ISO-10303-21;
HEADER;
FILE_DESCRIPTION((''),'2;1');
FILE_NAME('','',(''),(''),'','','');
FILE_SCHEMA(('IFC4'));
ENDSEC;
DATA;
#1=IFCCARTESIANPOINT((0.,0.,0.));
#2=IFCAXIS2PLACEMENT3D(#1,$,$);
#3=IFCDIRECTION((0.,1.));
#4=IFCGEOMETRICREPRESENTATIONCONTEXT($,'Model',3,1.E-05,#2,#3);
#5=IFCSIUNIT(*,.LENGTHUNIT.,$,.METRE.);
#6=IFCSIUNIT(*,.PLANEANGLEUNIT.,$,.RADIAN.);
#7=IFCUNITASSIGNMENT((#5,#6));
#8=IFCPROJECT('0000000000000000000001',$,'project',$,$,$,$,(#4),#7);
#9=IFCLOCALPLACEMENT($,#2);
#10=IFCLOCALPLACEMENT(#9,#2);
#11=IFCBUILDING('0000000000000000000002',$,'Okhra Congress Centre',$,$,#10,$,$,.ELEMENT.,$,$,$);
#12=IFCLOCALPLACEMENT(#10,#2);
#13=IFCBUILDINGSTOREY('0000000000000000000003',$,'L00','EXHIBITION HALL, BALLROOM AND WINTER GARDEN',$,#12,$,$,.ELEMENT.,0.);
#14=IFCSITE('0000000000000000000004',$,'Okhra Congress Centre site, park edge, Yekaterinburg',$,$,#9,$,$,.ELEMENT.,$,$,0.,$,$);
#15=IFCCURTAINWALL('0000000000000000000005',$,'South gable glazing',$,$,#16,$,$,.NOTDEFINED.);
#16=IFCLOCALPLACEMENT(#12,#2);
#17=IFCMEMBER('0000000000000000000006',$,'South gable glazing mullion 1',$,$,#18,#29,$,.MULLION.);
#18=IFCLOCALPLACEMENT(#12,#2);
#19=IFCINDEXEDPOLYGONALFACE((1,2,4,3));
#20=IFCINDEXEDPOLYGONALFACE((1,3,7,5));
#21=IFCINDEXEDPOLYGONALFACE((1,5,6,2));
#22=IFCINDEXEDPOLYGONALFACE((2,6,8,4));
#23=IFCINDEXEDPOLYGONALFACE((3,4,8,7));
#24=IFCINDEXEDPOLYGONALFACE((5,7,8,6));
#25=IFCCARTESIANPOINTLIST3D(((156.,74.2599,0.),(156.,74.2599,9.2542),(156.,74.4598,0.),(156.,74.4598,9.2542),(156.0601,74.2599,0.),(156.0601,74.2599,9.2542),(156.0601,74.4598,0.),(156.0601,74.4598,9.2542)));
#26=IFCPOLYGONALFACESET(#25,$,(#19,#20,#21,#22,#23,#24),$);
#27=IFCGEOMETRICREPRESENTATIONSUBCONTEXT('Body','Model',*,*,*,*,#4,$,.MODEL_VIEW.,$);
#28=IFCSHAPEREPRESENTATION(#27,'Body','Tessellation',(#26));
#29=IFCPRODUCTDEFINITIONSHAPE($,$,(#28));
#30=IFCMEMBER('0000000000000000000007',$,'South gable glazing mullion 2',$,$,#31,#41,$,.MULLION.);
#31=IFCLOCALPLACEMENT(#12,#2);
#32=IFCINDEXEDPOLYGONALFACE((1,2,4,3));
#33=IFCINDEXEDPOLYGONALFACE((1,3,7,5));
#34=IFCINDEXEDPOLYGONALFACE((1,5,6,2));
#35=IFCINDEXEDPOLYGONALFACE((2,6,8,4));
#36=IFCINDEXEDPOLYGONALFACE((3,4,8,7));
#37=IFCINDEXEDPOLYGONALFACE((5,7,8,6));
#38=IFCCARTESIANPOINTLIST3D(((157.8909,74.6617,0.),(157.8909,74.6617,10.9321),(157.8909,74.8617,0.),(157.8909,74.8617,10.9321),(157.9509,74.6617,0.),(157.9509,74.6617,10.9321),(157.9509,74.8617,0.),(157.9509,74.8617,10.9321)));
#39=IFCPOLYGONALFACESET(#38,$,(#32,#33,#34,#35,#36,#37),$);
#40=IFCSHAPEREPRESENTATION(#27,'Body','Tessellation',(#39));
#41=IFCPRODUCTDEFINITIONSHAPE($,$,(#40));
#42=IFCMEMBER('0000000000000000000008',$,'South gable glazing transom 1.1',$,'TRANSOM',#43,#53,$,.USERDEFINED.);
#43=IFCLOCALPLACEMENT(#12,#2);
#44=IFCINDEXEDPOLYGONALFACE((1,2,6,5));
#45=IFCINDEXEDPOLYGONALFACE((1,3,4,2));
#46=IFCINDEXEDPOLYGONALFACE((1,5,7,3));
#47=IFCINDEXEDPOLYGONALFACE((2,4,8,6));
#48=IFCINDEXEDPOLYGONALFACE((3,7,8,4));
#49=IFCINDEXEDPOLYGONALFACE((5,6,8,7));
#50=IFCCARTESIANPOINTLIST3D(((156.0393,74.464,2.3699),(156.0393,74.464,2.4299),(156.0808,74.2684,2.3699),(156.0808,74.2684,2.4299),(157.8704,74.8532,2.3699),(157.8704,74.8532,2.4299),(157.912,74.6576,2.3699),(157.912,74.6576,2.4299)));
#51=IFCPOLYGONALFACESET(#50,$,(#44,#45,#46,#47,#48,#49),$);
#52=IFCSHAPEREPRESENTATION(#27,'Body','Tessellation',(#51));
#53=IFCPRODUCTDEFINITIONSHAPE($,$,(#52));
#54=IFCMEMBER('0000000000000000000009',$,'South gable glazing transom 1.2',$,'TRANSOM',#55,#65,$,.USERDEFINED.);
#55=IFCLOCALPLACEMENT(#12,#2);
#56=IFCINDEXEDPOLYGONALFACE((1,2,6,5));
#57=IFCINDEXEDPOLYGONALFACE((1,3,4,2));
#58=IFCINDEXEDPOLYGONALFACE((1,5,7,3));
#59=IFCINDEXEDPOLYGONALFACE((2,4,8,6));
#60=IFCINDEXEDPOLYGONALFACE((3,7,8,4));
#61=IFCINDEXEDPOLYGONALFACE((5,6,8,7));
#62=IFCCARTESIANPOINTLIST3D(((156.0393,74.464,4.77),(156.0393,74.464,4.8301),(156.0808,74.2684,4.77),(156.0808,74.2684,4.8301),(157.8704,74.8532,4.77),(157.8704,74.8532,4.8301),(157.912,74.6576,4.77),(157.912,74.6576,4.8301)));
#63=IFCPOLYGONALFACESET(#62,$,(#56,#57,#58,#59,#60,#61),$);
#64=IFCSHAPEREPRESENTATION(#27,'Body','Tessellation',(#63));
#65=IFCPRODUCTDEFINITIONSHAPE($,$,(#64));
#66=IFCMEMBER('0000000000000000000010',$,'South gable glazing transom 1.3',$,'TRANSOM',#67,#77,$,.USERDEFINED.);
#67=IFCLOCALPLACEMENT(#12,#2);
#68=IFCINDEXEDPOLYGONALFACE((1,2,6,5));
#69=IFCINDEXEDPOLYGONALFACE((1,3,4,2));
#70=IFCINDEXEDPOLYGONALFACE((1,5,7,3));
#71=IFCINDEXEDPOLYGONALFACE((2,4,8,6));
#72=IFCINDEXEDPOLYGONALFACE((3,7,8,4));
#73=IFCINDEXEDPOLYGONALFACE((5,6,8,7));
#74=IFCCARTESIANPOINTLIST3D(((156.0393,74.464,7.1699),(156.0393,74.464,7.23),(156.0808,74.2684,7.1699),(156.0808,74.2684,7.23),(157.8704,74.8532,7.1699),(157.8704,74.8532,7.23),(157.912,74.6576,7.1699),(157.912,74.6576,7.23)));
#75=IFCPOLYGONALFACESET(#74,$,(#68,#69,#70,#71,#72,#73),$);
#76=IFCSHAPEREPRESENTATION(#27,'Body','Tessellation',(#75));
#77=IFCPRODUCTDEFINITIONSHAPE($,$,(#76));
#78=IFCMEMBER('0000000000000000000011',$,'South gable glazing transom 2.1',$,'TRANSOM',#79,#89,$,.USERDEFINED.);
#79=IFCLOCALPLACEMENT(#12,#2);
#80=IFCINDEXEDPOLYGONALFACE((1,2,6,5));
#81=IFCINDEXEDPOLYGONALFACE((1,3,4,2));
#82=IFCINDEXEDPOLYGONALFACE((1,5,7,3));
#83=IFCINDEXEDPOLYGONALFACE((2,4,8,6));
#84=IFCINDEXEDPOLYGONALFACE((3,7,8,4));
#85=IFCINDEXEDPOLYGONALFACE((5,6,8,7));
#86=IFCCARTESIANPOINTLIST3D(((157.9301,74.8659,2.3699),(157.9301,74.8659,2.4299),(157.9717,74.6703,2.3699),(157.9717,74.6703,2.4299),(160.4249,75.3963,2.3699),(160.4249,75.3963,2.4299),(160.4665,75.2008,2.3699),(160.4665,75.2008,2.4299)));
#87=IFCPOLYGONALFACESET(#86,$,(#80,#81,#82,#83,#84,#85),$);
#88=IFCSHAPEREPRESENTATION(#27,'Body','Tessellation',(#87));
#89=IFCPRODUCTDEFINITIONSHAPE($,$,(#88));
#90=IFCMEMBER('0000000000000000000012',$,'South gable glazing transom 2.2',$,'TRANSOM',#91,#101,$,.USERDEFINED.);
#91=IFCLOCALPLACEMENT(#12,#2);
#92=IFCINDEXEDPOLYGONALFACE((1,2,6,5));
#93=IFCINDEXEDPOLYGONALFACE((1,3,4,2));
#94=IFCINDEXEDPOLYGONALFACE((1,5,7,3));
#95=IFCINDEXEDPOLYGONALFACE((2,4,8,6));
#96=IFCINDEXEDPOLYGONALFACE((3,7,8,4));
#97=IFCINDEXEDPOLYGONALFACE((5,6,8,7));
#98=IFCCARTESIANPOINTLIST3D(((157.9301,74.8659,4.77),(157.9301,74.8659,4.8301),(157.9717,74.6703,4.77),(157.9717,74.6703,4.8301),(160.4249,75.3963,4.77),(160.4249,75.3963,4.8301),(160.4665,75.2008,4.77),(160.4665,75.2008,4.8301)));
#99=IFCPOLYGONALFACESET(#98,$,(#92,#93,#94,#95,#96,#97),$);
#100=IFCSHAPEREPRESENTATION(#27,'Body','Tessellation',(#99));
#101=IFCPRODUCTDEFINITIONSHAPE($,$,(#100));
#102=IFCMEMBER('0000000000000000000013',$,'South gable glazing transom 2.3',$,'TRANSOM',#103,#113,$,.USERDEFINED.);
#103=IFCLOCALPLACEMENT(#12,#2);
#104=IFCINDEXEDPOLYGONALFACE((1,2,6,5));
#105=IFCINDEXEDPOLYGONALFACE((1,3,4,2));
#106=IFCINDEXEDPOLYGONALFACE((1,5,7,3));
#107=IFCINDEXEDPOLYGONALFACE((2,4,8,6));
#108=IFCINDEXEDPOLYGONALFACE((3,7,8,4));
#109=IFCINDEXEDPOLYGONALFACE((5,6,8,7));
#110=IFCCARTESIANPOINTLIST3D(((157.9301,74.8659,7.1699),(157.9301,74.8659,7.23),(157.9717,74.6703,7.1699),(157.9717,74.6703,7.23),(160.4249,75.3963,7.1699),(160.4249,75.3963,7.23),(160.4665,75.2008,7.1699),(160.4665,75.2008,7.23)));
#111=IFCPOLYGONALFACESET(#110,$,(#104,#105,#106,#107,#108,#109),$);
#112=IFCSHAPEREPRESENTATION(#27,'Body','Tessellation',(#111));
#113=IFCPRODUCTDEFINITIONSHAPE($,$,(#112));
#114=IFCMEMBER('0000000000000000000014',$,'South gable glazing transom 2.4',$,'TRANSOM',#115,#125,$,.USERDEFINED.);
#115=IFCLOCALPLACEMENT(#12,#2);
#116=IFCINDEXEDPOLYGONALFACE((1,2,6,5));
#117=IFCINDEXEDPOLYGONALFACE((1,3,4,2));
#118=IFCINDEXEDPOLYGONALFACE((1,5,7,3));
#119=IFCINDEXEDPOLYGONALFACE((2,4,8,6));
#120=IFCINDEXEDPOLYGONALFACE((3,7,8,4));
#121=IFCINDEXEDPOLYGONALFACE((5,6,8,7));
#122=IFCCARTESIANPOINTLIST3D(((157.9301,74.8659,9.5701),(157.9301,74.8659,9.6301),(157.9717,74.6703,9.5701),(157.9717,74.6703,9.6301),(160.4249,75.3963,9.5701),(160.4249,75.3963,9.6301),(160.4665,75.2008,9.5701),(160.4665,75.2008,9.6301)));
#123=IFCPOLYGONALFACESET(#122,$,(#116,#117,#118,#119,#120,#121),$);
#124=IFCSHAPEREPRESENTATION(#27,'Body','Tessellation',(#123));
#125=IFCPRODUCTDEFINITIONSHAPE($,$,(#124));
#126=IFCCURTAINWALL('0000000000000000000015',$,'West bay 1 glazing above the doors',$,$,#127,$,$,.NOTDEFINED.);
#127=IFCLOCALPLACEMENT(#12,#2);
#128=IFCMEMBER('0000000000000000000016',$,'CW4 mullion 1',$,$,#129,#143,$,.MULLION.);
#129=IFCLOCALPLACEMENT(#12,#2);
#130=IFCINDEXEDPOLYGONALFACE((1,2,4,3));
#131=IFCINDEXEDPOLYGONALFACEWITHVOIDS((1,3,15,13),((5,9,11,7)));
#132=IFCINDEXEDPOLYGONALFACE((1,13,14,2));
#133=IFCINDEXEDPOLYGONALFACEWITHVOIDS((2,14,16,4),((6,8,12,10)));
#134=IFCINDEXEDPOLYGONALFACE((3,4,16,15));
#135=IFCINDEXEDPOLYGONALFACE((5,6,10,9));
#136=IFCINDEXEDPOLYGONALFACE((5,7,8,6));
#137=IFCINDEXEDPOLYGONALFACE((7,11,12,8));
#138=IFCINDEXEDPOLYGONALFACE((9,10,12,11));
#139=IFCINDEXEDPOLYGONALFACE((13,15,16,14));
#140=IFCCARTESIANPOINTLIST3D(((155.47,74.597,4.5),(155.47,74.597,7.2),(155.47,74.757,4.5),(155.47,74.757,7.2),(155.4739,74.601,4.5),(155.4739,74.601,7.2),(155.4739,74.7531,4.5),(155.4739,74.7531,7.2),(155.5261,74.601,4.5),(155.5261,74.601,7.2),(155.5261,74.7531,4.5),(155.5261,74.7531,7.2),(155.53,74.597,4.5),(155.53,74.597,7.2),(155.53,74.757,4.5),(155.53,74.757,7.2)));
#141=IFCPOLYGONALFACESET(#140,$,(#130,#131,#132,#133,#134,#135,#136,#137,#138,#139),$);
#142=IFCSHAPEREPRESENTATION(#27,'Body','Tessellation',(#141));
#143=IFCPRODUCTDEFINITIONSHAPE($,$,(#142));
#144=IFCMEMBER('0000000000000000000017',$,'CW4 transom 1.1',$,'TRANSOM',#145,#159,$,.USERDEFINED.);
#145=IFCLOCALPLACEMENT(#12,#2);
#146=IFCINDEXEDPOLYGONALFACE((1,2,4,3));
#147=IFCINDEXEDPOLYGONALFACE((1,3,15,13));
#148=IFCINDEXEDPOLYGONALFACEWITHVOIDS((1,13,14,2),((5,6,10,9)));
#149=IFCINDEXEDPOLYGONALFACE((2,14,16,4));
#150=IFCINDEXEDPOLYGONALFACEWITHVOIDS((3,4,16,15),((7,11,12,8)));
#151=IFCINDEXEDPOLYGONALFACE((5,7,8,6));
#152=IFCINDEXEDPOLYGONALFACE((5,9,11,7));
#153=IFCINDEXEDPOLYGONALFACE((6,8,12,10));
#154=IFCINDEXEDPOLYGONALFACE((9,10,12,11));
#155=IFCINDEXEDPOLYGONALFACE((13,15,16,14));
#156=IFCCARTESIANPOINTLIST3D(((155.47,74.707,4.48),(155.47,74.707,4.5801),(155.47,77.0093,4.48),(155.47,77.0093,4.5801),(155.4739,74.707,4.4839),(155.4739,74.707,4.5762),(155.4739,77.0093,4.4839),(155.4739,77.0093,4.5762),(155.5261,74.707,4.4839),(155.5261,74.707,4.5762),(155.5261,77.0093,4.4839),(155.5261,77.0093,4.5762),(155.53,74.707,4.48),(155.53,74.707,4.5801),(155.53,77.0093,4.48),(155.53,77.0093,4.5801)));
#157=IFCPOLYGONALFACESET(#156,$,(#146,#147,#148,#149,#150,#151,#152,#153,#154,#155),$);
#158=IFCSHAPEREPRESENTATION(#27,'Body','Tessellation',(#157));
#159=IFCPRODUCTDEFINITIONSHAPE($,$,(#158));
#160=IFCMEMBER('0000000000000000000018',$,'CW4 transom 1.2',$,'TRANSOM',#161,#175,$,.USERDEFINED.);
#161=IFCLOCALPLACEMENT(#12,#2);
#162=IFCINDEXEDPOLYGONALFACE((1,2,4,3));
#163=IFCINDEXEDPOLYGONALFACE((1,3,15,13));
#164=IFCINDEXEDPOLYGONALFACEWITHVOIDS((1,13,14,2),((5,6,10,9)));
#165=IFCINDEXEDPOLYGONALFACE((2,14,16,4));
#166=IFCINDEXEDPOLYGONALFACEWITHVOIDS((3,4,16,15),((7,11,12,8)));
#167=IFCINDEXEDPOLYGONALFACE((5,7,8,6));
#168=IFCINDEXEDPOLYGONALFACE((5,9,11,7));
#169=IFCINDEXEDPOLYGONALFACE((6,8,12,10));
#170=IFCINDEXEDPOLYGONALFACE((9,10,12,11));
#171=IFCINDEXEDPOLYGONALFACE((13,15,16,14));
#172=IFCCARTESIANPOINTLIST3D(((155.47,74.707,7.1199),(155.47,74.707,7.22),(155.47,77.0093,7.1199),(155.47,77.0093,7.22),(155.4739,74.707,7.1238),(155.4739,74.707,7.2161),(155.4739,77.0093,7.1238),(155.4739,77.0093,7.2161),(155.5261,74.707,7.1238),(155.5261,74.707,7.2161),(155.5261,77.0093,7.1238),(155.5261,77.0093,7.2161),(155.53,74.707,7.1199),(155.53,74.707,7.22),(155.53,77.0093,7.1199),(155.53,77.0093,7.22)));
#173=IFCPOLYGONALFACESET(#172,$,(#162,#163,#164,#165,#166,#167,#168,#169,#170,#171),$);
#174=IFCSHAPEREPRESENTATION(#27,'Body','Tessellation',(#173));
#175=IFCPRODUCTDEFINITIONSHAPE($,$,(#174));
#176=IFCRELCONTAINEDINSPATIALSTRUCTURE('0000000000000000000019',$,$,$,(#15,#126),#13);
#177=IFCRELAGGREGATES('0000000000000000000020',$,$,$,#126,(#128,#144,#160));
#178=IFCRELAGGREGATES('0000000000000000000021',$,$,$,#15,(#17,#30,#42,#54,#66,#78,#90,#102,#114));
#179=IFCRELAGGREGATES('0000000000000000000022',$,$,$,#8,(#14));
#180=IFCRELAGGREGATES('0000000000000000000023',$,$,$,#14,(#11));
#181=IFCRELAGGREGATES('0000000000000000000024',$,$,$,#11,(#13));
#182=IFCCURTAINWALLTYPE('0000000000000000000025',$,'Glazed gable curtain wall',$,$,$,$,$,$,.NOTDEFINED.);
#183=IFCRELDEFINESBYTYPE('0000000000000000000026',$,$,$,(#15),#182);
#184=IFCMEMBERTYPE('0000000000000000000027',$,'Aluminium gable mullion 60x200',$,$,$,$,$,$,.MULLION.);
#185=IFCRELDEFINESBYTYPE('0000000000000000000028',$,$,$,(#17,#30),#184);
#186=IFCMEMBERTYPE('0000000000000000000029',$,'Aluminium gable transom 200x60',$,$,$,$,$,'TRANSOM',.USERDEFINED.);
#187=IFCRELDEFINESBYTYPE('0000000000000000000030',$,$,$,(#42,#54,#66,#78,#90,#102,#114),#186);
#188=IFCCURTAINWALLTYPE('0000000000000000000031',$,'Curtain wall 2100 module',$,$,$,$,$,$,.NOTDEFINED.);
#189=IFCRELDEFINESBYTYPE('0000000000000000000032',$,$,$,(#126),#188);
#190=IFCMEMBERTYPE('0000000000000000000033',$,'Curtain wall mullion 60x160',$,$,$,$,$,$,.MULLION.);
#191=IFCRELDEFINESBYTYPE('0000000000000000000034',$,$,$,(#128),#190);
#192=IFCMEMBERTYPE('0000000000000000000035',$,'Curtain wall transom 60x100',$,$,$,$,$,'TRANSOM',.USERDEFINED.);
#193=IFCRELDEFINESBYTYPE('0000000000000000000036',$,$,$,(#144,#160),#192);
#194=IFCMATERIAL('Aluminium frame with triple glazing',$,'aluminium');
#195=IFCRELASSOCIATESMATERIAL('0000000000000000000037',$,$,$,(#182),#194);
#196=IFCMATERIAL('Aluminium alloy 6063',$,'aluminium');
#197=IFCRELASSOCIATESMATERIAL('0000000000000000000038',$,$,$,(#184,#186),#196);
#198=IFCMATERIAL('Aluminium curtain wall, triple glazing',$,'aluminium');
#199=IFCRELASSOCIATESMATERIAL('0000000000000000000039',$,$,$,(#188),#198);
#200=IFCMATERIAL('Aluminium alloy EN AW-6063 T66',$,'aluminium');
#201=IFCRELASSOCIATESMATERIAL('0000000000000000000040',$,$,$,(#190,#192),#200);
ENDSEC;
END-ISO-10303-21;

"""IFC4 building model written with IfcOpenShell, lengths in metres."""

from ifc_helpers import new_model, si_unit, direction, frame, origin, origin_2d, place, context, subcontext, project, spatial, rectangle, hollow_rectangle, extrude, material, material_profile, profile_set, type_object, element, aggregate, save


model = new_model("IFC4")

# Units and contexts
model_context = context("Model", 3, precision=1e-05, world=origin(), true_north=direction((0.0, 1.0)))
body_context = subcontext(model_context, "Body", "Model", "MODEL_VIEW")
ifc_project = project(units=[si_unit("LENGTHUNIT", "METRE"), si_unit("PLANEANGLEUNIT", "RADIAN")], contexts=[model_context])

# Site, building, storey
site_placement = place(None, origin())
site = spatial("IfcSite", under=ifc_project, at=site_placement, Name="Okhra Congress Centre site, park edge, Yekaterinburg", CompositionType="ELEMENT", RefElevation=0.0)
building_placement = place(site_placement, origin())
building = spatial("IfcBuilding", under=site, at=building_placement, Name="Okhra Congress Centre", CompositionType="ELEMENT")
storey_placement = place(building_placement, origin())
storey = spatial("IfcBuildingStorey", under=building, at=storey_placement, Name="L00", Description="EXHIBITION HALL, BALLROOM AND WINTER GARDEN", CompositionType="ELEMENT", Elevation=0.0)

# Curtain walls, members
ifc_material_1 = material(Name="Aluminium frame with triple glazing", Category="aluminium")
curtain_wall_type_1 = type_object("IfcCurtainWallType", Name="Glazed gable curtain wall", PredefinedType="NOTDEFINED", material=ifc_material_1)
curtain_wall_1_placement = place(storey_placement, origin())
curtain_wall_1 = element("IfcCurtainWall", 1, at=curtain_wall_1_placement, inside=storey, type_object=curtain_wall_type_1, Name="South gable glazing", PredefinedType="NOTDEFINED")
ifc_material_2 = material(Name="Aluminium alloy 6063", Category="aluminium")
ifc_material_profile_1 = material_profile(ifc_material_2, rectangle(XDim=0.0601, YDim=0.2, at=origin_2d()), Name="AL 60x200 gable")
ifc_profile_set_1 = profile_set([ifc_material_profile_1], Name="Aluminium alloy 6063")
member_type_1 = type_object("IfcMemberType", Name="Aluminium gable mullion 60x200", PredefinedType="MULLION", material=ifc_profile_set_1)
member_1_placement = place(storey_placement, frame((156.03, 74.3599, 0.0), z_axis=(0.0, 0.0, 1.0), x_axis=(1.0, 0.0, 0.0)))
member_1 = element("IfcMember", 2, at=member_1_placement, type_object=member_type_1, Name="South gable glazing mullion 1", PredefinedType="MULLION", context=body_context, shape_type="SweptSolid", body=[
    extrude(rectangle(XDim=0.0601, YDim=0.2, at=origin_2d()), origin(), (0.0, 0.0, 1.0), 9.2542),
])
member_2_placement = place(storey_placement, frame((157.9209, 74.7617, 0.0), z_axis=(0.0, 0.0, 1.0), x_axis=(1.0, 0.0, 0.0)))
member_2 = element("IfcMember", 3, at=member_2_placement, type_object=member_type_1, Name="South gable glazing mullion 2", PredefinedType="MULLION", context=body_context, shape_type="SweptSolid", body=[
    extrude(rectangle(XDim=0.0601, YDim=0.2, at=origin_2d()), origin(), (0.0, 0.0, 1.0), 10.9321),
])
ifc_material_profile_2 = material_profile(ifc_material_2, rectangle(XDim=0.2, YDim=0.0601, at=origin_2d()), Name="AL 200x60 gable transom")
ifc_profile_set_2 = profile_set([ifc_material_profile_2], Name="Aluminium alloy 6063")
member_type_2 = type_object("IfcMemberType", Name="Aluminium gable transom 200x60", ElementType="TRANSOM", PredefinedType="USERDEFINED", material=ifc_profile_set_2)
member_3_placement = place(storey_placement, frame((156.0601, 74.3662, 2.3999), z_axis=(0.978152, 0.20789, 0.0), x_axis=(-0.20789, 0.978152, 0.0)))
member_3 = element("IfcMember", 4, at=member_3_placement, type_object=member_type_2, Name="South gable glazing transom 1.1", ObjectType="TRANSOM", PredefinedType="USERDEFINED", context=body_context, shape_type="SweptSolid", body=[
    extrude(rectangle(XDim=0.2, YDim=0.0601, at=origin_2d()), origin(), (0.0, 0.0, 1.0), 1.8721),
])
member_4_placement = place(storey_placement, frame((156.0601, 74.3662, 4.8), z_axis=(0.978152, 0.20789, 0.0), x_axis=(-0.20789, 0.978152, 0.0)))
member_4 = element("IfcMember", 5, at=member_4_placement, type_object=member_type_2, Name="South gable glazing transom 1.2", ObjectType="TRANSOM", PredefinedType="USERDEFINED", context=body_context, shape_type="SweptSolid", body=[
    extrude(rectangle(XDim=0.2, YDim=0.0601, at=origin_2d()), origin(), (0.0, 0.0, 1.0), 1.8721),
])
member_5_placement = place(storey_placement, frame((156.0601, 74.3662, 7.2), z_axis=(0.978152, 0.20789, 0.0), x_axis=(-0.20789, 0.978152, 0.0)))
member_5 = element("IfcMember", 6, at=member_5_placement, type_object=member_type_2, Name="South gable glazing transom 1.3", ObjectType="TRANSOM", PredefinedType="USERDEFINED", context=body_context, shape_type="SweptSolid", body=[
    extrude(rectangle(XDim=0.2, YDim=0.0601, at=origin_2d()), origin(), (0.0, 0.0, 1.0), 1.8721),
])
member_6_placement = place(storey_placement, frame((157.9509, 74.7681, 2.3999), z_axis=(0.97813, 0.207993, 0.0), x_axis=(-0.207993, 0.97813, 0.0)))
member_6 = element("IfcMember", 7, at=member_6_placement, type_object=member_type_2, Name="South gable glazing transom 2.1", ObjectType="TRANSOM", PredefinedType="USERDEFINED", context=body_context, shape_type="SweptSolid", body=[
    extrude(rectangle(XDim=0.2, YDim=0.0601, at=origin_2d()), origin(), (0.0, 0.0, 1.0), 2.5505),
])
member_7_placement = place(storey_placement, frame((157.9509, 74.7681, 4.8), z_axis=(0.97813, 0.207993, 0.0), x_axis=(-0.207993, 0.97813, 0.0)))
member_7 = element("IfcMember", 8, at=member_7_placement, type_object=member_type_2, Name="South gable glazing transom 2.2", ObjectType="TRANSOM", PredefinedType="USERDEFINED", context=body_context, shape_type="SweptSolid", body=[
    extrude(rectangle(XDim=0.2, YDim=0.0601, at=origin_2d()), origin(), (0.0, 0.0, 1.0), 2.5505),
])
member_8_placement = place(storey_placement, frame((157.9509, 74.7681, 7.2), z_axis=(0.97813, 0.207993, 0.0), x_axis=(-0.207993, 0.97813, 0.0)))
member_8 = element("IfcMember", 9, at=member_8_placement, type_object=member_type_2, Name="South gable glazing transom 2.3", ObjectType="TRANSOM", PredefinedType="USERDEFINED", context=body_context, shape_type="SweptSolid", body=[
    extrude(rectangle(XDim=0.2, YDim=0.0601, at=origin_2d()), origin(), (0.0, 0.0, 1.0), 2.5505),
])
member_9_placement = place(storey_placement, frame((157.9509, 74.7681, 9.6001), z_axis=(0.97813, 0.207993, 0.0), x_axis=(-0.207993, 0.97813, 0.0)))
member_9 = element("IfcMember", 10, at=member_9_placement, type_object=member_type_2, Name="South gable glazing transom 2.4", ObjectType="TRANSOM", PredefinedType="USERDEFINED", context=body_context, shape_type="SweptSolid", body=[
    extrude(rectangle(XDim=0.2, YDim=0.0601, at=origin_2d()), origin(), (0.0, 0.0, 1.0), 2.5505),
])
ifc_material_3 = material(Name="Aluminium curtain wall, triple glazing", Category="aluminium")
curtain_wall_type_2 = type_object("IfcCurtainWallType", Name="Curtain wall 2100 module", PredefinedType="NOTDEFINED", material=ifc_material_3)
curtain_wall_2_placement = place(storey_placement, origin())
curtain_wall_2 = element("IfcCurtainWall", 11, at=curtain_wall_2_placement, inside=storey, type_object=curtain_wall_type_2, Name="West bay 1 glazing above the doors", PredefinedType="NOTDEFINED")
ifc_material_4 = material(Name="Aluminium alloy EN AW-6063 T66", Category="aluminium")
ifc_material_profile_3 = material_profile(ifc_material_4, hollow_rectangle(XDim=0.0601, YDim=0.1599, WallThickness=0.0039, at=origin_2d()), Name="RHS 60x160x4")
ifc_profile_set_3 = profile_set([ifc_material_profile_3], Name="Aluminium alloy EN AW-6063 T66")
member_type_3 = type_object("IfcMemberType", Name="Curtain wall mullion 60x160", PredefinedType="MULLION", material=ifc_profile_set_3)
member_10_placement = place(storey_placement, frame((155.5, 74.677, 4.5), z_axis=(0.0, 0.0, 1.0), x_axis=(-1.0, 0.0, 0.0)))
member_10 = element("IfcMember", 12, at=member_10_placement, type_object=member_type_3, Name="CW4 mullion 1", PredefinedType="MULLION", context=body_context, shape_type="SweptSolid", body=[
    extrude(hollow_rectangle(XDim=0.0601, YDim=0.1599, WallThickness=0.0039, at=origin_2d()), origin(), (0.0, 0.0, 1.0), 2.7),
])
ifc_material_profile_4 = material_profile(ifc_material_4, hollow_rectangle(XDim=0.0601, YDim=0.1001, WallThickness=0.0039, at=origin_2d()), Name="RHS 60x100x4")
ifc_profile_set_4 = profile_set([ifc_material_profile_4], Name="Aluminium alloy EN AW-6063 T66")
member_type_4 = type_object("IfcMemberType", Name="Curtain wall transom 60x100", ElementType="TRANSOM", PredefinedType="USERDEFINED", material=ifc_profile_set_4)
member_11_placement = place(storey_placement, frame((155.5, 74.707, 4.53), z_axis=(0.0, 1.0, 0.0), x_axis=(-1.0, 0.0, 0.0)))
member_11 = element("IfcMember", 13, at=member_11_placement, type_object=member_type_4, Name="CW4 transom 1.1", ObjectType="TRANSOM", PredefinedType="USERDEFINED", context=body_context, shape_type="SweptSolid", body=[
    extrude(hollow_rectangle(XDim=0.0601, YDim=0.1001, WallThickness=0.0039, at=origin_2d()), origin(), (0.0, 0.0, 1.0), 2.3022),
])
member_12_placement = place(storey_placement, frame((155.5, 74.707, 7.1699), z_axis=(0.0, 1.0, 0.0), x_axis=(-1.0, 0.0, 0.0)))
member_12 = element("IfcMember", 14, at=member_12_placement, type_object=member_type_4, Name="CW4 transom 1.2", ObjectType="TRANSOM", PredefinedType="USERDEFINED", context=body_context, shape_type="SweptSolid", body=[
    extrude(hollow_rectangle(XDim=0.0601, YDim=0.1001, WallThickness=0.0039, at=origin_2d()), origin(), (0.0, 0.0, 1.0), 2.3022),
])
aggregate(curtain_wall_2, [member_10, member_11, member_12])

aggregate(curtain_wall_1, [member_1, member_2, member_3, member_4, member_5, member_6, member_7, member_8, member_9])

save(model, "model.ifc")
